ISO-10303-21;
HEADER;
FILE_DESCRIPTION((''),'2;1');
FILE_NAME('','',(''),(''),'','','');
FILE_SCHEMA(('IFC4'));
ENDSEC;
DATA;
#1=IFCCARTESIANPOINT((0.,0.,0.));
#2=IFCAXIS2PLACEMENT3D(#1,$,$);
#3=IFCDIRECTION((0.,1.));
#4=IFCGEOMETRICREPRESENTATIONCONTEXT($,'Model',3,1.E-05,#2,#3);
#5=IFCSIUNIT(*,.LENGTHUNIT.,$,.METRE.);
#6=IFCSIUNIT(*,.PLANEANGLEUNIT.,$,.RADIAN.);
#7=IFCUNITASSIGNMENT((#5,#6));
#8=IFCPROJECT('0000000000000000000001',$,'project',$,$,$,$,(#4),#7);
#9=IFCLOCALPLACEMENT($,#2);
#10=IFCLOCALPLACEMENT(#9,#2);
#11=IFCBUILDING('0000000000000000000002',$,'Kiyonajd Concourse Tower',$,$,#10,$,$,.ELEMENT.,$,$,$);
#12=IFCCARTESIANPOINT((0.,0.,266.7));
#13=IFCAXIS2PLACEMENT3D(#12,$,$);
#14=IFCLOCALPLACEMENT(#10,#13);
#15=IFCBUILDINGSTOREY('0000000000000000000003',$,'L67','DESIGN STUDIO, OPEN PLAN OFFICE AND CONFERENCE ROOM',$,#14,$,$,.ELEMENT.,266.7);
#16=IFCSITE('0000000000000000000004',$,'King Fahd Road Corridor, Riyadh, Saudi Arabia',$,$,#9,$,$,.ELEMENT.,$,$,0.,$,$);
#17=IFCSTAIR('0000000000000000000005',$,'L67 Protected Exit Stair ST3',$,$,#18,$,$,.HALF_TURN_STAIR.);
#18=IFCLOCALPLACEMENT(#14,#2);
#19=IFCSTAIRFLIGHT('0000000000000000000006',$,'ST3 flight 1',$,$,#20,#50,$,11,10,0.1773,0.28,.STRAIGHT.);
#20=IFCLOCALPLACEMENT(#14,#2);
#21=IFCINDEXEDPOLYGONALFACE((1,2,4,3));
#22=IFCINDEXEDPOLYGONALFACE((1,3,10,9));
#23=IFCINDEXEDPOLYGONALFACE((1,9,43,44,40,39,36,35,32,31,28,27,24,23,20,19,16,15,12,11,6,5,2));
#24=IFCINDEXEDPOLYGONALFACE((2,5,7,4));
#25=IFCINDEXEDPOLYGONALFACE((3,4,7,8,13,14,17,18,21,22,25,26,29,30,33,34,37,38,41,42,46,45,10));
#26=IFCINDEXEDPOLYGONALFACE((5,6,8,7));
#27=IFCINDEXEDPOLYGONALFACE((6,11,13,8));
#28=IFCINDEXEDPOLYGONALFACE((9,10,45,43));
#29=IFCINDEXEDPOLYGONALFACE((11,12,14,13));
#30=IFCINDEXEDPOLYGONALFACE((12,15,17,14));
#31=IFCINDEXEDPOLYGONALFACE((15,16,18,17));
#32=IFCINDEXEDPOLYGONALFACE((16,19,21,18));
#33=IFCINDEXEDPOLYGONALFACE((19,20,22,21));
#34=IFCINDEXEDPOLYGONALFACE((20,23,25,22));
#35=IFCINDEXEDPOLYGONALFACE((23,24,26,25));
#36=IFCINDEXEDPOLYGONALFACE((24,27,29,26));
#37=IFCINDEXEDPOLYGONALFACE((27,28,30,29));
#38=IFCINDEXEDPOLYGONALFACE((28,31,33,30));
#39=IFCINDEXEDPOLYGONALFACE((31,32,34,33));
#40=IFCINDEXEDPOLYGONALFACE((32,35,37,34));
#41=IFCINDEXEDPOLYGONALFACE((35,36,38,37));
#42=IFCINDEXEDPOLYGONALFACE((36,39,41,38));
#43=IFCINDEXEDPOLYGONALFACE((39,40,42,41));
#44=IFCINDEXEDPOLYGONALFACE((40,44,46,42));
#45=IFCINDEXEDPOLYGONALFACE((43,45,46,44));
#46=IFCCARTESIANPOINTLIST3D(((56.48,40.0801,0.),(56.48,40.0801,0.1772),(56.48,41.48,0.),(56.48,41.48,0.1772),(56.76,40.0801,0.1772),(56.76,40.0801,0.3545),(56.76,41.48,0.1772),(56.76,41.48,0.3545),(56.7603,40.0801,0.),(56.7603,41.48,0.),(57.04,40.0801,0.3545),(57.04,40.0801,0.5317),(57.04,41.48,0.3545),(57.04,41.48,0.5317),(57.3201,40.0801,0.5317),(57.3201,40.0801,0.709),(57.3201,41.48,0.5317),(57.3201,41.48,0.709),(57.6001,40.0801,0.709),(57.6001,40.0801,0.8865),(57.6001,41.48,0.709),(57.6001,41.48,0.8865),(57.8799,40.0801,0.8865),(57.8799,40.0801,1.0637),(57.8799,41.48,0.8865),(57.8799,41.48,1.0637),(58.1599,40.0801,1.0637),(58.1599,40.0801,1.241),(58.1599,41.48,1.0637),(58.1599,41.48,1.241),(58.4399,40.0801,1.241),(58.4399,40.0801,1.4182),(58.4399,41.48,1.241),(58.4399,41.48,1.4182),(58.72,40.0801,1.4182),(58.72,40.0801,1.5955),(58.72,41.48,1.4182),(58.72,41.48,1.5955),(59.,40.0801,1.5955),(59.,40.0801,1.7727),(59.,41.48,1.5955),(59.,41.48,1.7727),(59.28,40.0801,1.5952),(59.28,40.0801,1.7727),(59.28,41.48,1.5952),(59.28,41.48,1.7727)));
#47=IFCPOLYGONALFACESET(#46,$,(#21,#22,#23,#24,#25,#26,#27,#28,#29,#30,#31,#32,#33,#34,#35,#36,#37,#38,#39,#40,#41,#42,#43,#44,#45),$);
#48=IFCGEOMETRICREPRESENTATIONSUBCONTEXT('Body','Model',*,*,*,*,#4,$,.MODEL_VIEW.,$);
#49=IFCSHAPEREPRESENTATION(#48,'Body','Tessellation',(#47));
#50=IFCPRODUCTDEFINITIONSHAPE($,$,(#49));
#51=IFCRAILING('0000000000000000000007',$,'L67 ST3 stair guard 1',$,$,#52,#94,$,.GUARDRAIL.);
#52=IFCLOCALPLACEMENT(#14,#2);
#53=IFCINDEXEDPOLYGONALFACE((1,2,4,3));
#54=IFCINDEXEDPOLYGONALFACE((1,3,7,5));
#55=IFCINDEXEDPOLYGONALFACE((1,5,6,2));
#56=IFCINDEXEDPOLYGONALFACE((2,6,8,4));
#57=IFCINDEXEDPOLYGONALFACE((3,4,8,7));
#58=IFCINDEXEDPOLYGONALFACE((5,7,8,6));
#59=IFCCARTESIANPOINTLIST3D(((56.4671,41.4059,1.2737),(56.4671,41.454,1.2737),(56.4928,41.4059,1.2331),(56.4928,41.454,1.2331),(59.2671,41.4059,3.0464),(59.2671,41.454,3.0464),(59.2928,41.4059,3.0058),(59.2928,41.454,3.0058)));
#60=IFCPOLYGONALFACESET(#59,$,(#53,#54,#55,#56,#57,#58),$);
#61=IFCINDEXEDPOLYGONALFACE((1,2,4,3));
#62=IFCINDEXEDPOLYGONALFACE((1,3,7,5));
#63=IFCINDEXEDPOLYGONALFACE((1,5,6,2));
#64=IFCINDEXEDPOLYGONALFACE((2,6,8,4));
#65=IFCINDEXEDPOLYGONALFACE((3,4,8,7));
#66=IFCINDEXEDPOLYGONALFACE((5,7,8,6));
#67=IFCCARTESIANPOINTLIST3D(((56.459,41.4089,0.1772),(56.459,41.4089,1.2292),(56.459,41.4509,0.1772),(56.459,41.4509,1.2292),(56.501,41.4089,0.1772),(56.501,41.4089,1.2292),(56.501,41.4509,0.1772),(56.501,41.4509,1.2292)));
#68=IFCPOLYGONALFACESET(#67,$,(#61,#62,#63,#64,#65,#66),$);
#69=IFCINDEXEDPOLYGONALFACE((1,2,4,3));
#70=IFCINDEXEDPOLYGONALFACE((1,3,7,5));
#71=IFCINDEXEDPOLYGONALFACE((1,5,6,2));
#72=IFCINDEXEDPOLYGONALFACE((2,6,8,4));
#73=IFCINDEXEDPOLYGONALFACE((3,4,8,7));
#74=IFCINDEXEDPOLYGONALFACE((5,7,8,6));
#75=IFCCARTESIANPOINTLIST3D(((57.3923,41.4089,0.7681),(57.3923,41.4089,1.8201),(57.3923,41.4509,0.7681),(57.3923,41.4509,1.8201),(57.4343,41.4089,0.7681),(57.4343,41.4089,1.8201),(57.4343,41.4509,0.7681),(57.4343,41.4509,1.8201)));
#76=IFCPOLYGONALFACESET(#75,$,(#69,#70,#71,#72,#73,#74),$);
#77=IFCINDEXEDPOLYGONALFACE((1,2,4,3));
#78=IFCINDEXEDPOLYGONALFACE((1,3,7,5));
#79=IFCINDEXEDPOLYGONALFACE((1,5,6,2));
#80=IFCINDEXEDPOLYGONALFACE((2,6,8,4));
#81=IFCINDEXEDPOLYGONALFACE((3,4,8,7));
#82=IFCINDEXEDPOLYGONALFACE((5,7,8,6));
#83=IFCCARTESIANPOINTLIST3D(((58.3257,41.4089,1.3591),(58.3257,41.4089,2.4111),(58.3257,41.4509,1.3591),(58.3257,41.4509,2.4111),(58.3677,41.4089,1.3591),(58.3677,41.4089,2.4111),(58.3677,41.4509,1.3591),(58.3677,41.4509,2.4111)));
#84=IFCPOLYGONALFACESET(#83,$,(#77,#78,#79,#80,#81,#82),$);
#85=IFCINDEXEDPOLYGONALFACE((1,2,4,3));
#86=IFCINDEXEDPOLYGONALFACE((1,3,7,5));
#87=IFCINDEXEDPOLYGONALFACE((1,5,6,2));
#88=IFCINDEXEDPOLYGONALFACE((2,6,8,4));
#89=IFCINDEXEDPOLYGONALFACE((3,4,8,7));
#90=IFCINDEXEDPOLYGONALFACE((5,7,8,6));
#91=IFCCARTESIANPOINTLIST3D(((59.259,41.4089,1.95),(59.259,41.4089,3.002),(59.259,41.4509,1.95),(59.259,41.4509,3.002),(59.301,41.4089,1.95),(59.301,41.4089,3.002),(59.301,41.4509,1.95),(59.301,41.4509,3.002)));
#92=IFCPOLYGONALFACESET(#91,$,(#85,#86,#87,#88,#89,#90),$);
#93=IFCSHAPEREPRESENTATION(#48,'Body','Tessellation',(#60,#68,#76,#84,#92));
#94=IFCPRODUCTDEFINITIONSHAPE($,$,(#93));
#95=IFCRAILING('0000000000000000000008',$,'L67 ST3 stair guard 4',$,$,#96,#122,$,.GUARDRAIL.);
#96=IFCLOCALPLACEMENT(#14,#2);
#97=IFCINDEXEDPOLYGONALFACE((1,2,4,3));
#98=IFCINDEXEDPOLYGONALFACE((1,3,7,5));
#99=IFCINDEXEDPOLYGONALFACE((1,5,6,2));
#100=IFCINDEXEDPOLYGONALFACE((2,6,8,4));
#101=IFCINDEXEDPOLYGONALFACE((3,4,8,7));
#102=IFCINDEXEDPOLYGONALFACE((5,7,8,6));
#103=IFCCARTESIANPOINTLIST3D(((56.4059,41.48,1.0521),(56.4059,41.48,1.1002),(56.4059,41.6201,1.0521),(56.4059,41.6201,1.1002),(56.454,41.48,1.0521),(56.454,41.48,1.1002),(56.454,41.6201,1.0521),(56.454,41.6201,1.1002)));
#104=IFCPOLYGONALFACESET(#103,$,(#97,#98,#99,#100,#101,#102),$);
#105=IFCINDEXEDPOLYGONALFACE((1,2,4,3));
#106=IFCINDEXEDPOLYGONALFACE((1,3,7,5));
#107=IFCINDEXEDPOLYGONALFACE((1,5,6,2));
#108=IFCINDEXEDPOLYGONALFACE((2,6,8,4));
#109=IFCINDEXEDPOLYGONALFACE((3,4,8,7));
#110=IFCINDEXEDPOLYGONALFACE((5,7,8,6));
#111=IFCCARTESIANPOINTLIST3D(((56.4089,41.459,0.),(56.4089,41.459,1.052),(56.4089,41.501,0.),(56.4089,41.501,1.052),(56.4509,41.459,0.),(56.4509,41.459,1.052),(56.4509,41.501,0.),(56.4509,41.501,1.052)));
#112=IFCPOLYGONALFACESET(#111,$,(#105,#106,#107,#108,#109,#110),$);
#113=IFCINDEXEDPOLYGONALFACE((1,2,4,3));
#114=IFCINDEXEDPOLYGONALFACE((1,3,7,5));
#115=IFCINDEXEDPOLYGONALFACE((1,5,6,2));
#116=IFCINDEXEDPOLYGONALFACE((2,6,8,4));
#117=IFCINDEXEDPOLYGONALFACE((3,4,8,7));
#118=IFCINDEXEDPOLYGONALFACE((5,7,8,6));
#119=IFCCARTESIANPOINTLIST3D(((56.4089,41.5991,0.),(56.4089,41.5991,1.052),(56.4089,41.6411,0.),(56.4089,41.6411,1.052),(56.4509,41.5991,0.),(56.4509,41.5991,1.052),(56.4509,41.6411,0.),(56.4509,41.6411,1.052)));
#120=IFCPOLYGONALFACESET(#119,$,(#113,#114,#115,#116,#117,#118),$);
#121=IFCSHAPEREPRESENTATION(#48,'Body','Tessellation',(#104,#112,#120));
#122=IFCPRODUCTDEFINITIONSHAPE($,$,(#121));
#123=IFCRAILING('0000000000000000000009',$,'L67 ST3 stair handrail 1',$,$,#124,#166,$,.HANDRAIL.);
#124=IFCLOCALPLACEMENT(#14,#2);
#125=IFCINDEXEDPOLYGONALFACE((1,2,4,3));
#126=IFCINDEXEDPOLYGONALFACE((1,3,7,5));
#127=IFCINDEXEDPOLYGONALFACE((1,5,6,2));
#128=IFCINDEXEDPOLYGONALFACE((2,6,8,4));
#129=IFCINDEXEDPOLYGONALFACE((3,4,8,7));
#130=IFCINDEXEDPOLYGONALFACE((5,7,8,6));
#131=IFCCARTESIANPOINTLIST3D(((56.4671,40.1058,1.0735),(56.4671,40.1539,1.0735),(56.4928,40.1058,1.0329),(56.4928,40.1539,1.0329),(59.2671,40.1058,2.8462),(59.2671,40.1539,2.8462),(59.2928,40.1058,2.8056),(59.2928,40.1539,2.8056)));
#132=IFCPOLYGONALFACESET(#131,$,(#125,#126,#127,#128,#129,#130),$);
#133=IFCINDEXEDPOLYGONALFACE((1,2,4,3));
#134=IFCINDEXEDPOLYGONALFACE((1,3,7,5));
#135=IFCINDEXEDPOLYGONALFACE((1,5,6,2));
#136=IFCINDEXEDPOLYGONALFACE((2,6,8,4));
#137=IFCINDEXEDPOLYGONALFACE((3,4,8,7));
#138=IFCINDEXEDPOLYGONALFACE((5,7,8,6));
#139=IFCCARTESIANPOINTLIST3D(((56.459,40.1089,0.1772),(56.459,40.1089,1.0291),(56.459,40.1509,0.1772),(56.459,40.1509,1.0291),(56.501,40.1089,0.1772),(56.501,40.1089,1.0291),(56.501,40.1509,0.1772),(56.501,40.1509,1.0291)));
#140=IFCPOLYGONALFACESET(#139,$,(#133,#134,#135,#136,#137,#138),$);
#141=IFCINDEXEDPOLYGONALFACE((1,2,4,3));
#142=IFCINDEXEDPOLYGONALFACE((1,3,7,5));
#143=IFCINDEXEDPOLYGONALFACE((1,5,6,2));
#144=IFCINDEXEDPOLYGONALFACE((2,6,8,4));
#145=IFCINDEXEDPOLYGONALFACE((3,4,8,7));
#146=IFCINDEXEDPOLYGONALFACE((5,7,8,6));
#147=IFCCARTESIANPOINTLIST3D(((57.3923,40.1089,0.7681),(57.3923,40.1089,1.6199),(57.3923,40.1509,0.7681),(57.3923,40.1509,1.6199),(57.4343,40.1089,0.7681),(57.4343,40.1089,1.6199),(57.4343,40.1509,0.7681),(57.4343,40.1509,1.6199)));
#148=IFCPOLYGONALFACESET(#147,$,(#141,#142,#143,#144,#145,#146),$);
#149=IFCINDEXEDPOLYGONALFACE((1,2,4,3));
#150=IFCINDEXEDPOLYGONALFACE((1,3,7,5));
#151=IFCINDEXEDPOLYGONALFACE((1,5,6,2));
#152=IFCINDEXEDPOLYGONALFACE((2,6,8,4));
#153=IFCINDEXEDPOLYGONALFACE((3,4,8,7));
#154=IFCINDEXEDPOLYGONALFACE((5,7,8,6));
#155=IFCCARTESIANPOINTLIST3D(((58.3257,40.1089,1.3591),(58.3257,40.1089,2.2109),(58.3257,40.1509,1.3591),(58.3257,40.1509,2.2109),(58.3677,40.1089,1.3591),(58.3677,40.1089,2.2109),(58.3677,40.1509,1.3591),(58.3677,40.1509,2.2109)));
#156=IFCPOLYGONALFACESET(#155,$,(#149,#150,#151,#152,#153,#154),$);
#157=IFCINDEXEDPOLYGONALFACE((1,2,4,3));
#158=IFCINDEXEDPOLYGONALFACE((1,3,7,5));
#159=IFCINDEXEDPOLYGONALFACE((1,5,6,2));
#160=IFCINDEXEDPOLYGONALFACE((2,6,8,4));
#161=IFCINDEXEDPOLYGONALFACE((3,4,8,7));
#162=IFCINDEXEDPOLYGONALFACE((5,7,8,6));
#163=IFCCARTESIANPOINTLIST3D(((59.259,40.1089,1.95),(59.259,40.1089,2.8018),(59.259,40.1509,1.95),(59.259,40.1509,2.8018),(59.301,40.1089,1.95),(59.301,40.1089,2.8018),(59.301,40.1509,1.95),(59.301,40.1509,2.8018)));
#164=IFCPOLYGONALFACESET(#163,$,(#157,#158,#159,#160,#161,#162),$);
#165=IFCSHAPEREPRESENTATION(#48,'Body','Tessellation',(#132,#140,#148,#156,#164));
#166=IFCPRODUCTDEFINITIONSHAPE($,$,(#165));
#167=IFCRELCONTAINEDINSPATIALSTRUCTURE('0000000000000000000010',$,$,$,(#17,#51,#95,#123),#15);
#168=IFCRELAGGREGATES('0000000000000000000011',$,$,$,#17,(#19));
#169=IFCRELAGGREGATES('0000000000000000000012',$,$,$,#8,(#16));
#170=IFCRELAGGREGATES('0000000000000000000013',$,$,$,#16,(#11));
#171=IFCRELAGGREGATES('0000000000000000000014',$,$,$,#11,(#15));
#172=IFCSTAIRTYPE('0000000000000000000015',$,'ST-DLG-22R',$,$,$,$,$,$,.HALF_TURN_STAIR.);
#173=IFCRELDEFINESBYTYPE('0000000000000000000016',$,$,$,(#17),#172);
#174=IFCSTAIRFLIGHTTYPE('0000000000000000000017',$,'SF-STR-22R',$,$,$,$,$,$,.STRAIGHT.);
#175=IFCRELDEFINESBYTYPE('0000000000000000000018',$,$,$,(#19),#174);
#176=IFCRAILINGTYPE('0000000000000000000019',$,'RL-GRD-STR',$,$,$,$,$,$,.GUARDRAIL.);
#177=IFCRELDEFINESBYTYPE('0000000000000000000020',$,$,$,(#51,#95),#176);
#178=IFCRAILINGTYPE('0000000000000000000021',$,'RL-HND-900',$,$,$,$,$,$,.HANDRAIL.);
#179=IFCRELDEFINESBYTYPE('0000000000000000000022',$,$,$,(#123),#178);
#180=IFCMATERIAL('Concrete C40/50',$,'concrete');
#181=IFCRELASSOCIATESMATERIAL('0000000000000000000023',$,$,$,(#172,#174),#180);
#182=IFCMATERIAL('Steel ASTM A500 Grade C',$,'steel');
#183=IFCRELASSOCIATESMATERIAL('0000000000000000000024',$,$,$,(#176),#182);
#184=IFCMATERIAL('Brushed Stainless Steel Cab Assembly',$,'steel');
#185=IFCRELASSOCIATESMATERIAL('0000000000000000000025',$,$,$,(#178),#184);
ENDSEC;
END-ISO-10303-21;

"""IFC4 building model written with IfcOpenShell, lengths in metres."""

from ifc_helpers import new_model, si_unit, direction, frame, origin, origin_2d, place, context, subcontext, project, spatial, polyline, rectangle, outline, extrude, material, type_object, element, aggregate, save


model = new_model("IFC4")

# Units and contexts
model_context = context("Model", 3, precision=1e-05, world=origin(), true_north=direction((0.0, 1.0)))
body_context = subcontext(model_context, "Body", "Model", "MODEL_VIEW")
ifc_project = project(units=[si_unit("LENGTHUNIT", "METRE"), si_unit("PLANEANGLEUNIT", "RADIAN")], contexts=[model_context])

# Site, building, storey
site_placement = place(None, origin())
site = spatial("IfcSite", under=ifc_project, at=site_placement, Name="King Fahd Road Corridor, Riyadh, Saudi Arabia", CompositionType="ELEMENT", RefElevation=0.0)
building_placement = place(site_placement, origin())
building = spatial("IfcBuilding", under=site, at=building_placement, Name="Kiyonajd Concourse Tower", CompositionType="ELEMENT")
storey_placement = place(building_placement, frame((0.0, 0.0, 266.7)))
storey = spatial("IfcBuildingStorey", under=building, at=storey_placement, Name="L67", Description="DESIGN STUDIO, OPEN PLAN OFFICE AND CONFERENCE ROOM", CompositionType="ELEMENT", Elevation=266.7)

# Shared definitions
ifc_material_1 = material(Name="Brushed Stainless Steel Cab Assembly", Category="steel")

# Stair, stair flight
ifc_material_2 = material(Name="Concrete C40/50", Category="concrete")
stair_type = type_object("IfcStairType", Name="ST-DLG-22R", PredefinedType="HALF_TURN_STAIR", material=ifc_material_2)
stair_placement = place(storey_placement, origin())
stair = element("IfcStair", 1, at=stair_placement, inside=storey, type_object=stair_type, Name="L67 Protected Exit Stair ST3", PredefinedType="HALF_TURN_STAIR")
stair_flight_type = type_object("IfcStairFlightType", Name="SF-STR-22R", PredefinedType="STRAIGHT", material=ifc_material_2)
stair_flight_placement = place(storey_placement, frame((56.48, 40.78, 0.0), z_axis=(0.0, 0.0, 1.0), x_axis=(1.0, 0.0, 0.0)))
stair_flight = element("IfcStairFlight", 2, at=stair_flight_placement, type_object=stair_flight_type, Name="ST3 flight 1", NumberOfRisers=11, NumberOfTreads=10, PredefinedType="STRAIGHT", RiserHeight=0.1773, TreadLength=0.28, context=body_context, shape_type="SweptSolid", body=[
    extrude(outline(polyline([(0.0, 0.0), (0.0, 0.1772), (0.28, 0.1772), (0.28, 0.3545), (0.5601, 0.3545), (0.5601, 0.5317), (0.8401, 0.5317), (0.8401, 0.709), (1.1201, 0.709), (1.1201, 0.8865), (1.3999, 0.8865), (1.3999, 1.0637), (1.6799, 1.0637), (1.6799, 1.241), (1.96, 1.241), (1.96, 1.4182), (2.24, 1.4182), (2.24, 1.5955), (2.52, 1.5955), (2.52, 1.7727), (2.8, 1.7727), (2.8, 1.95), (2.8, 1.5952), (0.2803, 0.0), (0.0, 0.0)])), frame((0.0, 0.7, 0.0), z_axis=(0.0, -1.0, 0.0), x_axis=(1.0, 0.0, 0.0)), (0.0, 0.0, 1.0), 1.3999),
])
aggregate(stair, [stair_flight])

# Railings
ifc_material_3 = material(Name="Steel ASTM A500 Grade C", Category="steel")
railing_type_1 = type_object("IfcRailingType", Name="RL-GRD-STR", PredefinedType="GUARDRAIL", material=ifc_material_3)
railing_1_placement = place(storey_placement, frame((56.48, 41.4299, 0.1772)))
element("IfcRailing", 3, at=railing_1_placement, inside=storey, type_object=railing_type_1, Name="L67 ST3 stair guard 1", PredefinedType="GUARDRAIL", context=body_context, shape_type="SweptSolid", body=[
    extrude(rectangle(XDim=0.0481, YDim=0.0481, at=origin_2d()), frame((0.0, 0.0, 1.0762), z_axis=(0.844909, 0.0, 0.53491), x_axis=(0.0, 1.0, 0.0)), (0.0, 0.0, 1.0), 3.314),
    extrude(rectangle(XDim=0.042, YDim=0.042, at=origin_2d()), origin(), (0.0, 0.0, 1.0), 1.052),
    extrude(rectangle(XDim=0.042, YDim=0.042, at=origin_2d()), frame((0.9333, 0.0, 0.5908)), (0.0, 0.0, 1.0), 1.052),
    extrude(rectangle(XDim=0.042, YDim=0.042, at=origin_2d()), frame((1.8667, 0.0, 1.1819)), (0.0, 0.0, 1.0), 1.052),
    extrude(rectangle(XDim=0.042, YDim=0.042, at=origin_2d()), frame((2.8, 0.0, 1.7727)), (0.0, 0.0, 1.0), 1.052),
])
railing_2_placement = place(storey_placement, frame((56.4299, 41.48, 0.0)))
element("IfcRailing", 4, at=railing_2_placement, inside=storey, type_object=railing_type_1, Name="L67 ST3 stair guard 4", PredefinedType="GUARDRAIL", context=body_context, shape_type="SweptSolid", body=[
    extrude(rectangle(XDim=0.0481, YDim=0.0481, at=origin_2d()), frame((0.0, 0.0, 1.0762), z_axis=(0.0, 1.0, 0.0), x_axis=(-1.0, 0.0, 0.0)), (0.0, 0.0, 1.0), 0.1401),
    extrude(rectangle(XDim=0.042, YDim=0.042, at=origin_2d()), origin(), (0.0, 0.0, 1.0), 1.052),
    extrude(rectangle(XDim=0.042, YDim=0.042, at=origin_2d()), frame((0.0, 0.1401, 0.0)), (0.0, 0.0, 1.0), 1.052),
])
railing_type_2 = type_object("IfcRailingType", Name="RL-HND-900", PredefinedType="HANDRAIL", material=ifc_material_1)
railing_3_placement = place(storey_placement, frame((56.48, 40.1299, 0.1772)))
element("IfcRailing", 5, at=railing_3_placement, inside=storey, type_object=railing_type_2, Name="L67 ST3 stair handrail 1", PredefinedType="HANDRAIL", context=body_context, shape_type="SweptSolid", body=[
    extrude(rectangle(XDim=0.0481, YDim=0.0481, at=origin_2d()), frame((0.0, 0.0, 0.876), z_axis=(0.844909, 0.0, 0.53491), x_axis=(0.0, 1.0, 0.0)), (0.0, 0.0, 1.0), 3.314),
    extrude(rectangle(XDim=0.042, YDim=0.042, at=origin_2d()), origin(), (0.0, 0.0, 1.0), 0.8518),
    extrude(rectangle(XDim=0.042, YDim=0.042, at=origin_2d()), frame((0.9333, 0.0, 0.5908)), (0.0, 0.0, 1.0), 0.8518),
    extrude(rectangle(XDim=0.042, YDim=0.042, at=origin_2d()), frame((1.8667, 0.0, 1.1819)), (0.0, 0.0, 1.0), 0.8518),
    extrude(rectangle(XDim=0.042, YDim=0.042, at=origin_2d()), frame((2.8, 0.0, 1.7727)), (0.0, 0.0, 1.0), 0.8518),
])

save(model, "model.ifc")
